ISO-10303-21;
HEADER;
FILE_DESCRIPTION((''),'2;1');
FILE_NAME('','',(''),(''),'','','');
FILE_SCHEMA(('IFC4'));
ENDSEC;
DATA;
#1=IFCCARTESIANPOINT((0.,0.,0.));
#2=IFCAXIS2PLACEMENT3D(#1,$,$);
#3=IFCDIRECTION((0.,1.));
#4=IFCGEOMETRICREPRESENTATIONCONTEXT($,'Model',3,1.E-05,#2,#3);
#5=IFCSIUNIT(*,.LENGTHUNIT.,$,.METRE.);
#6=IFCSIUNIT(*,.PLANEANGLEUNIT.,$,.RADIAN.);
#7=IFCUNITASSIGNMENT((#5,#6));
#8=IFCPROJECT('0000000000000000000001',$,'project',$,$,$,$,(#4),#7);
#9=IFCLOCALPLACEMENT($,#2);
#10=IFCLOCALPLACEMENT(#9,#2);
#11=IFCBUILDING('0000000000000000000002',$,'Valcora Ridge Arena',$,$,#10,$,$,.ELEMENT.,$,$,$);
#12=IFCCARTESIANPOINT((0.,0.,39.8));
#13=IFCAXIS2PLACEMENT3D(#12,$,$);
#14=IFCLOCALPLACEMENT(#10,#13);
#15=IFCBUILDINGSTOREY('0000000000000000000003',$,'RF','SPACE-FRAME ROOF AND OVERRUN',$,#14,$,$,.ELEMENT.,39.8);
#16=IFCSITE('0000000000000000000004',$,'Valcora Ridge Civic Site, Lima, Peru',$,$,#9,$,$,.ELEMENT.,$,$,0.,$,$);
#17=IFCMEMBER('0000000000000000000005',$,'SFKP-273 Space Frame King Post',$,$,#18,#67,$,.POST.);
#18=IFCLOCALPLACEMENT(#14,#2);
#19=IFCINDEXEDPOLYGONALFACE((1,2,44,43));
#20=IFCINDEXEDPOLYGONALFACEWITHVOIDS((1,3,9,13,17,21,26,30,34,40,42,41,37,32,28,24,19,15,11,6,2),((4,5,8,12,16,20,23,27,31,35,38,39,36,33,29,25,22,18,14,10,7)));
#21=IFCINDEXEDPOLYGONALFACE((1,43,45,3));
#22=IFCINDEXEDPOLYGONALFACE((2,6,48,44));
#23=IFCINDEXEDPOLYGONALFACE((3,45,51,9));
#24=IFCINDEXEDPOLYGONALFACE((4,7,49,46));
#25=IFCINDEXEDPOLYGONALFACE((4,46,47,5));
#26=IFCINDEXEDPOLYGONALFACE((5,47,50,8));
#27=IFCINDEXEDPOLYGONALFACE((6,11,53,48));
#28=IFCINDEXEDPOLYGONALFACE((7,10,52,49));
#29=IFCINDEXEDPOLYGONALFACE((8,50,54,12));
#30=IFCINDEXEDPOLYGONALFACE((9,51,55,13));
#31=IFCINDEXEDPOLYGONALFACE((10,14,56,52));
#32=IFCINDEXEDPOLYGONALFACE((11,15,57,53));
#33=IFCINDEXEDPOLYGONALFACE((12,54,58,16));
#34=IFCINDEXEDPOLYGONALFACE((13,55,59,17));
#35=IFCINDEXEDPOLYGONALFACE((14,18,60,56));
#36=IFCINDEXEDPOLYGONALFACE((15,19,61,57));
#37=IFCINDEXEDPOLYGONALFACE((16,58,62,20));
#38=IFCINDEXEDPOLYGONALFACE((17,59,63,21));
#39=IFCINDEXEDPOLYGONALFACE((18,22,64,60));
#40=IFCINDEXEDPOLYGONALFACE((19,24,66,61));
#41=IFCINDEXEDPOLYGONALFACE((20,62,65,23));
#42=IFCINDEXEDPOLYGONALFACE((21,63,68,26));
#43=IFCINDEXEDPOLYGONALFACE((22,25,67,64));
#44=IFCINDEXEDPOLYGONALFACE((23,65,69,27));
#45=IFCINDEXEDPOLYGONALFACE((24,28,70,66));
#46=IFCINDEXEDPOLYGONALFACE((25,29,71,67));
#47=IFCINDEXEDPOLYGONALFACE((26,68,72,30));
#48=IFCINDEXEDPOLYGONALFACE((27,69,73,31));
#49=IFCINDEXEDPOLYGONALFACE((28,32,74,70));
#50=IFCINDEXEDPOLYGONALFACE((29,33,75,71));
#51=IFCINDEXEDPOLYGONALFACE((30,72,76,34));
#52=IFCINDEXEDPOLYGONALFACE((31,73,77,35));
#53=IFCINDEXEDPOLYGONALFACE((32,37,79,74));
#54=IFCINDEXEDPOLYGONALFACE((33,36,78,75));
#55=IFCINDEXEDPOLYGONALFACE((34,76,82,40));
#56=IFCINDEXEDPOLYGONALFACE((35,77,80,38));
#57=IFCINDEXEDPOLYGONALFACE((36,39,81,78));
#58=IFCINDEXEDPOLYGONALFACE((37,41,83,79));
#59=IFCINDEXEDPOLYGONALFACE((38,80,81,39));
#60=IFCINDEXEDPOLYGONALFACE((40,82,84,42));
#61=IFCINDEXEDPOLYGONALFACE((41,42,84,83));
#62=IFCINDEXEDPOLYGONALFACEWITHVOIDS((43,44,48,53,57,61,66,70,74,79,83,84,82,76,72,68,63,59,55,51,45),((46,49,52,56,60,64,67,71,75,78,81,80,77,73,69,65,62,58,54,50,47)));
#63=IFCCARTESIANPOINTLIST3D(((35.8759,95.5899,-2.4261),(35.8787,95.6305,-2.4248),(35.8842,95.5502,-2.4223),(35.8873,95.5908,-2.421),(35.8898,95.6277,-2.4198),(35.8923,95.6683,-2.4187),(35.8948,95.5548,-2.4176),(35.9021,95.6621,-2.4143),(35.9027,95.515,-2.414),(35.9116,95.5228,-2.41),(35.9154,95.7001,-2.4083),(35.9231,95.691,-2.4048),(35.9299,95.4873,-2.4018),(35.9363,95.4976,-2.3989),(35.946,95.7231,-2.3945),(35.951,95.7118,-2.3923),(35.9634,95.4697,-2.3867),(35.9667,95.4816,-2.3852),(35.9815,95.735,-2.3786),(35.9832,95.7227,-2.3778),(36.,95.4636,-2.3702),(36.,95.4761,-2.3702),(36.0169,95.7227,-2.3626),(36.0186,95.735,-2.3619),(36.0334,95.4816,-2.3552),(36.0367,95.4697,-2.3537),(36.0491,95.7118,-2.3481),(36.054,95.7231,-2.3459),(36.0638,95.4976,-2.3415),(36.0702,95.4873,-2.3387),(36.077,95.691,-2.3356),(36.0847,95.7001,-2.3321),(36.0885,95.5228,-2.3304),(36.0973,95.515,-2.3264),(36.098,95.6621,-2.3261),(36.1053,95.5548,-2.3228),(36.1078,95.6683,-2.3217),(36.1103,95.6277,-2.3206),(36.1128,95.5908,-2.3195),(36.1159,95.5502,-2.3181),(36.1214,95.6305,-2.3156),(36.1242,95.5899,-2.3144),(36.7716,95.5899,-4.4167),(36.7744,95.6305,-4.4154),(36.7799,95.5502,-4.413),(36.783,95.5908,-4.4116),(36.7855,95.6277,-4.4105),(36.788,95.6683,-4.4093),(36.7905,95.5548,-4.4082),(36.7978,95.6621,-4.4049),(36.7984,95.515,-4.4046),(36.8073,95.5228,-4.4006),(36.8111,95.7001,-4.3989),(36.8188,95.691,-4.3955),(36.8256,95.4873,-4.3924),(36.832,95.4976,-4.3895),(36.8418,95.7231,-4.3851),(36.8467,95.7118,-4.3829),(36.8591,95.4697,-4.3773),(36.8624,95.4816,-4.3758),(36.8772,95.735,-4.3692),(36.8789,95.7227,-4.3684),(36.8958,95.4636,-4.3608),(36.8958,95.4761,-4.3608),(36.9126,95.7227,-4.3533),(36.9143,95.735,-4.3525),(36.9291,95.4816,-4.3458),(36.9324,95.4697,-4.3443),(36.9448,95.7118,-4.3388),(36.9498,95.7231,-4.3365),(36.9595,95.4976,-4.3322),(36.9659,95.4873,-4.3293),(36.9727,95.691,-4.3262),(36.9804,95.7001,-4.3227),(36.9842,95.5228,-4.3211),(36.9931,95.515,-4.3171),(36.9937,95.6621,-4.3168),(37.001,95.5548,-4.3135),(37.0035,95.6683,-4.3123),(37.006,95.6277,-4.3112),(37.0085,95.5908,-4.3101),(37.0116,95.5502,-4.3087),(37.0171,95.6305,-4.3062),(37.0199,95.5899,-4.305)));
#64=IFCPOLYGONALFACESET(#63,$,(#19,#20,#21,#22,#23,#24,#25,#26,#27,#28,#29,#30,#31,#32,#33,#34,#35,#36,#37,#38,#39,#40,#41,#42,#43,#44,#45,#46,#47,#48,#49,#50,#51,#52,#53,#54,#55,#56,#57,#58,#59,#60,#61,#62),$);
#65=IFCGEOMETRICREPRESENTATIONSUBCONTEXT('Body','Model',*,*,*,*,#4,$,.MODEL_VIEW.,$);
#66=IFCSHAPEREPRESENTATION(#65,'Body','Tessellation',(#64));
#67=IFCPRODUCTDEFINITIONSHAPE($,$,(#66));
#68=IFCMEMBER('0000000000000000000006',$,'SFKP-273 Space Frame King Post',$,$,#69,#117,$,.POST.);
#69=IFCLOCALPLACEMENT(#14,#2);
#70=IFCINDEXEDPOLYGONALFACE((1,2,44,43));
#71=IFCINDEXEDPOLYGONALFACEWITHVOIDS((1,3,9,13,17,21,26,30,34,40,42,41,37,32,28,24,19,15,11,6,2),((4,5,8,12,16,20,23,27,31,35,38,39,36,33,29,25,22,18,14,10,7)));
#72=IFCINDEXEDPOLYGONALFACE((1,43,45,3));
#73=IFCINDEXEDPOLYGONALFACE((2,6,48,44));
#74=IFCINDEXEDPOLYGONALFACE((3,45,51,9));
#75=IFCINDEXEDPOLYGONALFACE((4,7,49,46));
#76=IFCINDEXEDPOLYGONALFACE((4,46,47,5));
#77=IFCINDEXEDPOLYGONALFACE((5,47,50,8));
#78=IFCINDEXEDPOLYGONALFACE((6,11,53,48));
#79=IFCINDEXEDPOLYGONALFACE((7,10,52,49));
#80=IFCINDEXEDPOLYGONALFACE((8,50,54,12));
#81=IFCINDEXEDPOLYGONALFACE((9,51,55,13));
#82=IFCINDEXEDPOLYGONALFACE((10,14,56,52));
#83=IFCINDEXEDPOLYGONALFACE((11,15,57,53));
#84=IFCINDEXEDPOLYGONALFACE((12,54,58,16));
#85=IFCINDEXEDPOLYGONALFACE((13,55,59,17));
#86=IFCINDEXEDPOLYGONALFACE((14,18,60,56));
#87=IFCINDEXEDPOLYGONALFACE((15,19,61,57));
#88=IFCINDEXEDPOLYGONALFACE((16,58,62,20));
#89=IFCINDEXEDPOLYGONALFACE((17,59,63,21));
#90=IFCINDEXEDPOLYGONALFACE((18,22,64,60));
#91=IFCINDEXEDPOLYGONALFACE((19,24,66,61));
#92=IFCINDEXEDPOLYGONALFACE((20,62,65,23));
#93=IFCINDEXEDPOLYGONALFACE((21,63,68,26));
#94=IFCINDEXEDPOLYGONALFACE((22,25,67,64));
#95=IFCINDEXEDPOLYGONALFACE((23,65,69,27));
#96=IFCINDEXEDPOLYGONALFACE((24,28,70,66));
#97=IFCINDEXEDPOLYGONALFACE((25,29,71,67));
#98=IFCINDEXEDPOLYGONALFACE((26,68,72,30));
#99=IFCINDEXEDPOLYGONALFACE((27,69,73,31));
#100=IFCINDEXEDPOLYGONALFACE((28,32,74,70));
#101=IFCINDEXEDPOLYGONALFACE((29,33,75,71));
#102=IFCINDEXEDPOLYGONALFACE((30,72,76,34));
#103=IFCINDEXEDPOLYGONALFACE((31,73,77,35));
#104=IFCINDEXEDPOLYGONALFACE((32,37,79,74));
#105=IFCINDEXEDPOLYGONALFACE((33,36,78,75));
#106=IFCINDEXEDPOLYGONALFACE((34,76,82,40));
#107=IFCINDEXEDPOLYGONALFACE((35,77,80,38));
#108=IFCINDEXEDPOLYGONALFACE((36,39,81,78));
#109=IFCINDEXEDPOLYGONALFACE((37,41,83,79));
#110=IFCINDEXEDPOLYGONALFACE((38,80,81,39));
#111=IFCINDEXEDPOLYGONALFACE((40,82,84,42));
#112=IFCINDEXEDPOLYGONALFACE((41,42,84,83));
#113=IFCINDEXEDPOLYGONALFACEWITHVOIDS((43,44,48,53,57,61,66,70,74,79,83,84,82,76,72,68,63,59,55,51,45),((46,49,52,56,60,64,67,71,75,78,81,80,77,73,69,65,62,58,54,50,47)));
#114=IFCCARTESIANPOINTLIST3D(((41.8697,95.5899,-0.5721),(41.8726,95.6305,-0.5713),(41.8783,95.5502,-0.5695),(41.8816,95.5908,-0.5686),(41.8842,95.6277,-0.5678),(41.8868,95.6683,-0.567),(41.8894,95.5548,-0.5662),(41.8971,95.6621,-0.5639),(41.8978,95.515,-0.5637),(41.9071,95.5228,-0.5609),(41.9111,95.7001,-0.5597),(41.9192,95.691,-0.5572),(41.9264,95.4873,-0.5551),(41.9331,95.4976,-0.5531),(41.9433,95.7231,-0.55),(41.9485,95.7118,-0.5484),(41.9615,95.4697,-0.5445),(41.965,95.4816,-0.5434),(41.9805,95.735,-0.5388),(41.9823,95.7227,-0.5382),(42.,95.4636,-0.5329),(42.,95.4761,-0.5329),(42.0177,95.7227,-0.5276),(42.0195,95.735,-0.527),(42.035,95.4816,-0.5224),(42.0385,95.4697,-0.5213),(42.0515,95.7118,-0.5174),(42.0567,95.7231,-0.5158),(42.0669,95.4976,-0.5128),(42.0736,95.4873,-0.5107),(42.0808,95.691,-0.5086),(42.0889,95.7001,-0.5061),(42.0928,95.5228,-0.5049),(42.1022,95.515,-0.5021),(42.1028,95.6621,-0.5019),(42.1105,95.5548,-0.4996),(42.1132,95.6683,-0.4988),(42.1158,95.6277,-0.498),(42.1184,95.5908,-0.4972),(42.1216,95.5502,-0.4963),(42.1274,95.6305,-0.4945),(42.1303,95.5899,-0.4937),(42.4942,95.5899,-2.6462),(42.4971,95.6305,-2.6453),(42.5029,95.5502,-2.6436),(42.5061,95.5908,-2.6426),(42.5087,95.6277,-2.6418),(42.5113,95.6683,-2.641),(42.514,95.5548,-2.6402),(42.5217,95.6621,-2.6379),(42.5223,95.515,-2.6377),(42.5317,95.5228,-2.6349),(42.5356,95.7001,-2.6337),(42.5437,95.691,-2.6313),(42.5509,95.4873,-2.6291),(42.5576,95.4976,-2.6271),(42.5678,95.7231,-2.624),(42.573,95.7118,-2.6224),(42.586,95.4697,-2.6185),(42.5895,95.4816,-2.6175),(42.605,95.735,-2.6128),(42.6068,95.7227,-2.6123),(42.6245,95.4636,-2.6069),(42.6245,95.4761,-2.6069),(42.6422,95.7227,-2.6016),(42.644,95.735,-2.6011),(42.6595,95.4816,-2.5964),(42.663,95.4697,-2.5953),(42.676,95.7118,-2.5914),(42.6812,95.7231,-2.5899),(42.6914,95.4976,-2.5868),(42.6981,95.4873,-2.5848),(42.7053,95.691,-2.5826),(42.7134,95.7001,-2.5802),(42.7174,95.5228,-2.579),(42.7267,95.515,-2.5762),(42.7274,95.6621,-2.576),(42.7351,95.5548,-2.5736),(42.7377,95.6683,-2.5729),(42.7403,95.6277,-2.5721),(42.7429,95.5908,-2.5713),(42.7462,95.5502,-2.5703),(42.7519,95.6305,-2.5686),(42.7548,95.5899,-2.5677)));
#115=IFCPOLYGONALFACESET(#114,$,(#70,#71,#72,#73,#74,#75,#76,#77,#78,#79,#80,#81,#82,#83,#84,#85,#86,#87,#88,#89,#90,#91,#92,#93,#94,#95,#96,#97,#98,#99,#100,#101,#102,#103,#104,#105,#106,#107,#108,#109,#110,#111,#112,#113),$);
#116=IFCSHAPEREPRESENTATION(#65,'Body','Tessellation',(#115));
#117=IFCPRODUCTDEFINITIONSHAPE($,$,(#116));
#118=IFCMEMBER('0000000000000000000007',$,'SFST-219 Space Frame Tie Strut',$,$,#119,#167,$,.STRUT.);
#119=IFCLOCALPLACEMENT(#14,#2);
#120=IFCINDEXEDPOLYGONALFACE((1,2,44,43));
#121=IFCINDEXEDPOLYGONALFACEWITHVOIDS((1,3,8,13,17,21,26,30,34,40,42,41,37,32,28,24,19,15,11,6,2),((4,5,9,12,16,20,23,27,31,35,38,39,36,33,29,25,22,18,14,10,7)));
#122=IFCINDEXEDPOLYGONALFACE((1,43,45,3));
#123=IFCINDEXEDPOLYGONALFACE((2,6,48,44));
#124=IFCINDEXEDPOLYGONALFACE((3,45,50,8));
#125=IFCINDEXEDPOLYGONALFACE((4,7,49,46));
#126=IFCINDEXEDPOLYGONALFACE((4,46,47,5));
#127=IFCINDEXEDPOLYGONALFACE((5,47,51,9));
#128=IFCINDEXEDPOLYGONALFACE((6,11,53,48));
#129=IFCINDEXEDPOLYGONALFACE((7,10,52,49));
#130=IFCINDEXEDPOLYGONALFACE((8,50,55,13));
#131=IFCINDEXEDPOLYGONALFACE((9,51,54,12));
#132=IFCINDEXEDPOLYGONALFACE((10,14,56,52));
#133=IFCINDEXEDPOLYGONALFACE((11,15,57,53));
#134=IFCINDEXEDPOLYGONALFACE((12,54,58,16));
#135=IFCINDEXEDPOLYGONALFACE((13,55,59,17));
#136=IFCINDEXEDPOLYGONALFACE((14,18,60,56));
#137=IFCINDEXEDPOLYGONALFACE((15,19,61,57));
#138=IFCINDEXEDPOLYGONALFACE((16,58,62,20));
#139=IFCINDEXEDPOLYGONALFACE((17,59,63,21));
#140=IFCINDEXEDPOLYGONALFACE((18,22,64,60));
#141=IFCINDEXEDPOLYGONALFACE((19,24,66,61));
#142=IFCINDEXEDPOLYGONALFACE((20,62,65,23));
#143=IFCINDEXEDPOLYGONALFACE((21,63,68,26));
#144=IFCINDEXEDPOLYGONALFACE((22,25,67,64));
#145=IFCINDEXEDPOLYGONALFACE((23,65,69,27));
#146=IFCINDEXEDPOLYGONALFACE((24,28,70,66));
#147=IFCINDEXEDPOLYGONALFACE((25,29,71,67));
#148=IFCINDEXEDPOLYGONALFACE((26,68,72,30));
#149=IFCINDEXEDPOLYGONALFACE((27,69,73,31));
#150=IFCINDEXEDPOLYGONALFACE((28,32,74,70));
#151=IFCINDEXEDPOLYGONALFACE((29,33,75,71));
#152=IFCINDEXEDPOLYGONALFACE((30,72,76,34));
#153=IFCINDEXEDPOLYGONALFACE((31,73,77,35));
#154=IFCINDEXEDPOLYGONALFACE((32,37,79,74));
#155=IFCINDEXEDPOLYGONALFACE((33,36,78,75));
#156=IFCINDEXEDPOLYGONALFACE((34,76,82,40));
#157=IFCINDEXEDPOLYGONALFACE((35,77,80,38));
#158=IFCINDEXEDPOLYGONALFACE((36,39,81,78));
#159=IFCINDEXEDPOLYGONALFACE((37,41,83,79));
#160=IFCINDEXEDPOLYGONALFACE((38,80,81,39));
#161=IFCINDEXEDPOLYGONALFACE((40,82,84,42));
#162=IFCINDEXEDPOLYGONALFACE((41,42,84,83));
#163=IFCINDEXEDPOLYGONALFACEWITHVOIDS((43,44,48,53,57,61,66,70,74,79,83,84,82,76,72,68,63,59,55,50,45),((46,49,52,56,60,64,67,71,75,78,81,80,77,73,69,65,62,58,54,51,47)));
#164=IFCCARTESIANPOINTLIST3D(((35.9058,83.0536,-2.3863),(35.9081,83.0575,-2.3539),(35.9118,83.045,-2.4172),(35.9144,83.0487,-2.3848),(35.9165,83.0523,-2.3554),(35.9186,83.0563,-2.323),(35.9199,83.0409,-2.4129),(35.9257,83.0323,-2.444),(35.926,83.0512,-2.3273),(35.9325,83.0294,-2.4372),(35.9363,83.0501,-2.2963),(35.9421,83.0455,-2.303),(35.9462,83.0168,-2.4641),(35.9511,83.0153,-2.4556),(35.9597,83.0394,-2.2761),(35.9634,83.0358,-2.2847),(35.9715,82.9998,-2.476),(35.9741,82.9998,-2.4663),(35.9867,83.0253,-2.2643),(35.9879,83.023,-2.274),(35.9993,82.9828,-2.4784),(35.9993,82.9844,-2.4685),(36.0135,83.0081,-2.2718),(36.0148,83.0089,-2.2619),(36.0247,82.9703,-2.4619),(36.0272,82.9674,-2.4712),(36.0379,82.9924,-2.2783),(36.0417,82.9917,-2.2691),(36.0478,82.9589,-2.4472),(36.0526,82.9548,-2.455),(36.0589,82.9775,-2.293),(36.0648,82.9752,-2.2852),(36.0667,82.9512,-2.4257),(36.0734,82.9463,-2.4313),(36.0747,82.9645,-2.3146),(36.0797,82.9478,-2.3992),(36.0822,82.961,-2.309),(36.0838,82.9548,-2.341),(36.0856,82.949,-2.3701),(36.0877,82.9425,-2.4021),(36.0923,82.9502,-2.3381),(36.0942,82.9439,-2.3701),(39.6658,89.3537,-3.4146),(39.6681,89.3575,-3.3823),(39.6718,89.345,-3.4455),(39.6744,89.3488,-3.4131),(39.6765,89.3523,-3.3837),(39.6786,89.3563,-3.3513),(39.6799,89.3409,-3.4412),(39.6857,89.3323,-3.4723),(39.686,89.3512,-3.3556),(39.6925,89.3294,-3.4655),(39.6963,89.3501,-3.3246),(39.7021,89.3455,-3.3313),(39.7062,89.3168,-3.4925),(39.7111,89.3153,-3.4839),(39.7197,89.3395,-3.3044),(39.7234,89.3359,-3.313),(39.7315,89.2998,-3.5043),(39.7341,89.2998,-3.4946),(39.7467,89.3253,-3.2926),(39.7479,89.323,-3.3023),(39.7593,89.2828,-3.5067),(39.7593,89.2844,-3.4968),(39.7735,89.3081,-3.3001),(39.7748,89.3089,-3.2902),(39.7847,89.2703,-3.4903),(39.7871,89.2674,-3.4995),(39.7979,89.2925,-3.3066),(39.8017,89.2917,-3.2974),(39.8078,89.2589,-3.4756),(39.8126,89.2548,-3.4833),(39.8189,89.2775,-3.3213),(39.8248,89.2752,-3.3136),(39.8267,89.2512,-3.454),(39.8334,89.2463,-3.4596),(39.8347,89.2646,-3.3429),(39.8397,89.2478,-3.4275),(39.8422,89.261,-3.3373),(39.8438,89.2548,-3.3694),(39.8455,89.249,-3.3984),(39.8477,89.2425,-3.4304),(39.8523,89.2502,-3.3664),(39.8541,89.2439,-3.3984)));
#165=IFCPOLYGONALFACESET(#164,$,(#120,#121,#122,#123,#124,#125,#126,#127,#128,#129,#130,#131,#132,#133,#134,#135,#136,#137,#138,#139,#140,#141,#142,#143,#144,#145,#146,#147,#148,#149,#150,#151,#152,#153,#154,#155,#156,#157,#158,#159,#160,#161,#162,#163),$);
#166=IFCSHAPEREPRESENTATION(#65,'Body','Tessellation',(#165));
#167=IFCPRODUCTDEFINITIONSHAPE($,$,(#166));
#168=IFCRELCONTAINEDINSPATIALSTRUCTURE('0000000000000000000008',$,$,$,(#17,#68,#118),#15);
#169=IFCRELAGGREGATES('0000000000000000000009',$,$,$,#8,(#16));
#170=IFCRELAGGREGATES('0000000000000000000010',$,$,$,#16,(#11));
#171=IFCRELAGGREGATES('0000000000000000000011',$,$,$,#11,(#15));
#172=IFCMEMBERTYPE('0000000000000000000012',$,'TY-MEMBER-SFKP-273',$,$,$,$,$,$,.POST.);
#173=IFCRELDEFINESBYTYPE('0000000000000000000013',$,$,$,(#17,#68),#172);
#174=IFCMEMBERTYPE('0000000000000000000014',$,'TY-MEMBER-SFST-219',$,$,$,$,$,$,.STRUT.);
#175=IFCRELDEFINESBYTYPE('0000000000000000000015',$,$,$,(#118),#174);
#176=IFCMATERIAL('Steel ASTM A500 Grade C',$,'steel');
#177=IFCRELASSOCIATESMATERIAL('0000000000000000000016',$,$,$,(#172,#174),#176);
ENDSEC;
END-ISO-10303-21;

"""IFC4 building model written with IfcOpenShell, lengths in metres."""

from ifc_helpers import new_model, si_unit, direction, frame, origin, origin_2d, place, context, subcontext, project, spatial, hollow_circle, extrude, material, material_profile, profile_set, type_object, element, save


model = new_model("IFC4")

# Units and contexts
model_context = context("Model", 3, precision=1e-05, world=origin(), true_north=direction((0.0, 1.0)))
body_context = subcontext(model_context, "Body", "Model", "MODEL_VIEW")
ifc_project = project(units=[si_unit("LENGTHUNIT", "METRE"), si_unit("PLANEANGLEUNIT", "RADIAN")], contexts=[model_context])

# Site, building, storey
site_placement = place(None, origin())
site = spatial("IfcSite", under=ifc_project, at=site_placement, Name="Valcora Ridge Civic Site, Lima, Peru", CompositionType="ELEMENT", RefElevation=0.0)
building_placement = place(site_placement, origin())
building = spatial("IfcBuilding", under=site, at=building_placement, Name="Valcora Ridge Arena", CompositionType="ELEMENT")
storey_placement = place(building_placement, frame((0.0, 0.0, 39.8)))
storey = spatial("IfcBuildingStorey", under=building, at=storey_placement, Name="RF", Description="SPACE-FRAME ROOF AND OVERRUN", CompositionType="ELEMENT", Elevation=39.8)

# Members
ifc_material_1 = material(Name="Steel ASTM A500 Grade C", Category="steel")
ifc_material_profile_1 = material_profile(ifc_material_1, hollow_circle(Radius=0.1365, WallThickness=0.0125, at=origin_2d()), Name="CHS273X12")
ifc_profile_set_1 = profile_set([ifc_material_profile_1], Name="Steel ASTM A500 Grade C")
member_type_1 = type_object("IfcMemberType", Name="TY-MEMBER-SFKP-273", PredefinedType="POST", material=ifc_profile_set_1)
member_1_placement = place(storey_placement, frame((36.8958, 95.6001, -4.3608), z_axis=(-0.410337, 0.0, 0.911934), x_axis=(0.0, -1.0, 0.0)))
element("IfcMember", 1, at=member_1_placement, inside=storey, type_object=member_type_1, Name="SFKP-273 Space Frame King Post", PredefinedType="POST", context=body_context, shape_type="SweptSolid", body=[
    extrude(hollow_circle(Radius=0.1365, WallThickness=0.0125, at=origin_2d()), origin(), (0.0, 0.0, 1.0), 2.1829),
])
member_2_placement = place(storey_placement, frame((42.6245, 95.6001, -2.6069), z_axis=(-0.28833, 0.0, 0.957531), x_axis=(0.0, -1.0, 0.0)))
element("IfcMember", 2, at=member_2_placement, inside=storey, type_object=member_type_1, Name="SFKP-273 Space Frame King Post", PredefinedType="POST", context=body_context, shape_type="SweptSolid", body=[
    extrude(hollow_circle(Radius=0.1365, WallThickness=0.0125, at=origin_2d()), origin(), (0.0, 0.0, 1.0), 2.166),
])
ifc_material_profile_2 = material_profile(ifc_material_1, hollow_circle(Radius=0.1096, WallThickness=0.01, at=origin_2d()), Name="CHS219X10")
ifc_profile_set_2 = profile_set([ifc_material_profile_2], Name="Steel ASTM A500 Grade C")
member_type_2 = type_object("IfcMemberType", Name="TY-MEMBER-SFST-219", PredefinedType="STRUT", material=ifc_profile_set_2)
member_3_placement = place(storey_placement, frame((39.76, 89.3, -3.3984), z_axis=(-0.507527, -0.850382, 0.138803), x_axis=(0.858694, -0.512488, 0.0)))
element("IfcMember", 3, at=member_3_placement, inside=storey, type_object=member_type_2, Name="SFST-219 Space Frame Tie Strut", PredefinedType="STRUT", context=body_context, shape_type="SweptSolid", body=[
    extrude(hollow_circle(Radius=0.1096, WallThickness=0.01, at=origin_2d()), origin(), (0.0, 0.0, 1.0), 7.4084),
])

save(model, "model.ifc")
